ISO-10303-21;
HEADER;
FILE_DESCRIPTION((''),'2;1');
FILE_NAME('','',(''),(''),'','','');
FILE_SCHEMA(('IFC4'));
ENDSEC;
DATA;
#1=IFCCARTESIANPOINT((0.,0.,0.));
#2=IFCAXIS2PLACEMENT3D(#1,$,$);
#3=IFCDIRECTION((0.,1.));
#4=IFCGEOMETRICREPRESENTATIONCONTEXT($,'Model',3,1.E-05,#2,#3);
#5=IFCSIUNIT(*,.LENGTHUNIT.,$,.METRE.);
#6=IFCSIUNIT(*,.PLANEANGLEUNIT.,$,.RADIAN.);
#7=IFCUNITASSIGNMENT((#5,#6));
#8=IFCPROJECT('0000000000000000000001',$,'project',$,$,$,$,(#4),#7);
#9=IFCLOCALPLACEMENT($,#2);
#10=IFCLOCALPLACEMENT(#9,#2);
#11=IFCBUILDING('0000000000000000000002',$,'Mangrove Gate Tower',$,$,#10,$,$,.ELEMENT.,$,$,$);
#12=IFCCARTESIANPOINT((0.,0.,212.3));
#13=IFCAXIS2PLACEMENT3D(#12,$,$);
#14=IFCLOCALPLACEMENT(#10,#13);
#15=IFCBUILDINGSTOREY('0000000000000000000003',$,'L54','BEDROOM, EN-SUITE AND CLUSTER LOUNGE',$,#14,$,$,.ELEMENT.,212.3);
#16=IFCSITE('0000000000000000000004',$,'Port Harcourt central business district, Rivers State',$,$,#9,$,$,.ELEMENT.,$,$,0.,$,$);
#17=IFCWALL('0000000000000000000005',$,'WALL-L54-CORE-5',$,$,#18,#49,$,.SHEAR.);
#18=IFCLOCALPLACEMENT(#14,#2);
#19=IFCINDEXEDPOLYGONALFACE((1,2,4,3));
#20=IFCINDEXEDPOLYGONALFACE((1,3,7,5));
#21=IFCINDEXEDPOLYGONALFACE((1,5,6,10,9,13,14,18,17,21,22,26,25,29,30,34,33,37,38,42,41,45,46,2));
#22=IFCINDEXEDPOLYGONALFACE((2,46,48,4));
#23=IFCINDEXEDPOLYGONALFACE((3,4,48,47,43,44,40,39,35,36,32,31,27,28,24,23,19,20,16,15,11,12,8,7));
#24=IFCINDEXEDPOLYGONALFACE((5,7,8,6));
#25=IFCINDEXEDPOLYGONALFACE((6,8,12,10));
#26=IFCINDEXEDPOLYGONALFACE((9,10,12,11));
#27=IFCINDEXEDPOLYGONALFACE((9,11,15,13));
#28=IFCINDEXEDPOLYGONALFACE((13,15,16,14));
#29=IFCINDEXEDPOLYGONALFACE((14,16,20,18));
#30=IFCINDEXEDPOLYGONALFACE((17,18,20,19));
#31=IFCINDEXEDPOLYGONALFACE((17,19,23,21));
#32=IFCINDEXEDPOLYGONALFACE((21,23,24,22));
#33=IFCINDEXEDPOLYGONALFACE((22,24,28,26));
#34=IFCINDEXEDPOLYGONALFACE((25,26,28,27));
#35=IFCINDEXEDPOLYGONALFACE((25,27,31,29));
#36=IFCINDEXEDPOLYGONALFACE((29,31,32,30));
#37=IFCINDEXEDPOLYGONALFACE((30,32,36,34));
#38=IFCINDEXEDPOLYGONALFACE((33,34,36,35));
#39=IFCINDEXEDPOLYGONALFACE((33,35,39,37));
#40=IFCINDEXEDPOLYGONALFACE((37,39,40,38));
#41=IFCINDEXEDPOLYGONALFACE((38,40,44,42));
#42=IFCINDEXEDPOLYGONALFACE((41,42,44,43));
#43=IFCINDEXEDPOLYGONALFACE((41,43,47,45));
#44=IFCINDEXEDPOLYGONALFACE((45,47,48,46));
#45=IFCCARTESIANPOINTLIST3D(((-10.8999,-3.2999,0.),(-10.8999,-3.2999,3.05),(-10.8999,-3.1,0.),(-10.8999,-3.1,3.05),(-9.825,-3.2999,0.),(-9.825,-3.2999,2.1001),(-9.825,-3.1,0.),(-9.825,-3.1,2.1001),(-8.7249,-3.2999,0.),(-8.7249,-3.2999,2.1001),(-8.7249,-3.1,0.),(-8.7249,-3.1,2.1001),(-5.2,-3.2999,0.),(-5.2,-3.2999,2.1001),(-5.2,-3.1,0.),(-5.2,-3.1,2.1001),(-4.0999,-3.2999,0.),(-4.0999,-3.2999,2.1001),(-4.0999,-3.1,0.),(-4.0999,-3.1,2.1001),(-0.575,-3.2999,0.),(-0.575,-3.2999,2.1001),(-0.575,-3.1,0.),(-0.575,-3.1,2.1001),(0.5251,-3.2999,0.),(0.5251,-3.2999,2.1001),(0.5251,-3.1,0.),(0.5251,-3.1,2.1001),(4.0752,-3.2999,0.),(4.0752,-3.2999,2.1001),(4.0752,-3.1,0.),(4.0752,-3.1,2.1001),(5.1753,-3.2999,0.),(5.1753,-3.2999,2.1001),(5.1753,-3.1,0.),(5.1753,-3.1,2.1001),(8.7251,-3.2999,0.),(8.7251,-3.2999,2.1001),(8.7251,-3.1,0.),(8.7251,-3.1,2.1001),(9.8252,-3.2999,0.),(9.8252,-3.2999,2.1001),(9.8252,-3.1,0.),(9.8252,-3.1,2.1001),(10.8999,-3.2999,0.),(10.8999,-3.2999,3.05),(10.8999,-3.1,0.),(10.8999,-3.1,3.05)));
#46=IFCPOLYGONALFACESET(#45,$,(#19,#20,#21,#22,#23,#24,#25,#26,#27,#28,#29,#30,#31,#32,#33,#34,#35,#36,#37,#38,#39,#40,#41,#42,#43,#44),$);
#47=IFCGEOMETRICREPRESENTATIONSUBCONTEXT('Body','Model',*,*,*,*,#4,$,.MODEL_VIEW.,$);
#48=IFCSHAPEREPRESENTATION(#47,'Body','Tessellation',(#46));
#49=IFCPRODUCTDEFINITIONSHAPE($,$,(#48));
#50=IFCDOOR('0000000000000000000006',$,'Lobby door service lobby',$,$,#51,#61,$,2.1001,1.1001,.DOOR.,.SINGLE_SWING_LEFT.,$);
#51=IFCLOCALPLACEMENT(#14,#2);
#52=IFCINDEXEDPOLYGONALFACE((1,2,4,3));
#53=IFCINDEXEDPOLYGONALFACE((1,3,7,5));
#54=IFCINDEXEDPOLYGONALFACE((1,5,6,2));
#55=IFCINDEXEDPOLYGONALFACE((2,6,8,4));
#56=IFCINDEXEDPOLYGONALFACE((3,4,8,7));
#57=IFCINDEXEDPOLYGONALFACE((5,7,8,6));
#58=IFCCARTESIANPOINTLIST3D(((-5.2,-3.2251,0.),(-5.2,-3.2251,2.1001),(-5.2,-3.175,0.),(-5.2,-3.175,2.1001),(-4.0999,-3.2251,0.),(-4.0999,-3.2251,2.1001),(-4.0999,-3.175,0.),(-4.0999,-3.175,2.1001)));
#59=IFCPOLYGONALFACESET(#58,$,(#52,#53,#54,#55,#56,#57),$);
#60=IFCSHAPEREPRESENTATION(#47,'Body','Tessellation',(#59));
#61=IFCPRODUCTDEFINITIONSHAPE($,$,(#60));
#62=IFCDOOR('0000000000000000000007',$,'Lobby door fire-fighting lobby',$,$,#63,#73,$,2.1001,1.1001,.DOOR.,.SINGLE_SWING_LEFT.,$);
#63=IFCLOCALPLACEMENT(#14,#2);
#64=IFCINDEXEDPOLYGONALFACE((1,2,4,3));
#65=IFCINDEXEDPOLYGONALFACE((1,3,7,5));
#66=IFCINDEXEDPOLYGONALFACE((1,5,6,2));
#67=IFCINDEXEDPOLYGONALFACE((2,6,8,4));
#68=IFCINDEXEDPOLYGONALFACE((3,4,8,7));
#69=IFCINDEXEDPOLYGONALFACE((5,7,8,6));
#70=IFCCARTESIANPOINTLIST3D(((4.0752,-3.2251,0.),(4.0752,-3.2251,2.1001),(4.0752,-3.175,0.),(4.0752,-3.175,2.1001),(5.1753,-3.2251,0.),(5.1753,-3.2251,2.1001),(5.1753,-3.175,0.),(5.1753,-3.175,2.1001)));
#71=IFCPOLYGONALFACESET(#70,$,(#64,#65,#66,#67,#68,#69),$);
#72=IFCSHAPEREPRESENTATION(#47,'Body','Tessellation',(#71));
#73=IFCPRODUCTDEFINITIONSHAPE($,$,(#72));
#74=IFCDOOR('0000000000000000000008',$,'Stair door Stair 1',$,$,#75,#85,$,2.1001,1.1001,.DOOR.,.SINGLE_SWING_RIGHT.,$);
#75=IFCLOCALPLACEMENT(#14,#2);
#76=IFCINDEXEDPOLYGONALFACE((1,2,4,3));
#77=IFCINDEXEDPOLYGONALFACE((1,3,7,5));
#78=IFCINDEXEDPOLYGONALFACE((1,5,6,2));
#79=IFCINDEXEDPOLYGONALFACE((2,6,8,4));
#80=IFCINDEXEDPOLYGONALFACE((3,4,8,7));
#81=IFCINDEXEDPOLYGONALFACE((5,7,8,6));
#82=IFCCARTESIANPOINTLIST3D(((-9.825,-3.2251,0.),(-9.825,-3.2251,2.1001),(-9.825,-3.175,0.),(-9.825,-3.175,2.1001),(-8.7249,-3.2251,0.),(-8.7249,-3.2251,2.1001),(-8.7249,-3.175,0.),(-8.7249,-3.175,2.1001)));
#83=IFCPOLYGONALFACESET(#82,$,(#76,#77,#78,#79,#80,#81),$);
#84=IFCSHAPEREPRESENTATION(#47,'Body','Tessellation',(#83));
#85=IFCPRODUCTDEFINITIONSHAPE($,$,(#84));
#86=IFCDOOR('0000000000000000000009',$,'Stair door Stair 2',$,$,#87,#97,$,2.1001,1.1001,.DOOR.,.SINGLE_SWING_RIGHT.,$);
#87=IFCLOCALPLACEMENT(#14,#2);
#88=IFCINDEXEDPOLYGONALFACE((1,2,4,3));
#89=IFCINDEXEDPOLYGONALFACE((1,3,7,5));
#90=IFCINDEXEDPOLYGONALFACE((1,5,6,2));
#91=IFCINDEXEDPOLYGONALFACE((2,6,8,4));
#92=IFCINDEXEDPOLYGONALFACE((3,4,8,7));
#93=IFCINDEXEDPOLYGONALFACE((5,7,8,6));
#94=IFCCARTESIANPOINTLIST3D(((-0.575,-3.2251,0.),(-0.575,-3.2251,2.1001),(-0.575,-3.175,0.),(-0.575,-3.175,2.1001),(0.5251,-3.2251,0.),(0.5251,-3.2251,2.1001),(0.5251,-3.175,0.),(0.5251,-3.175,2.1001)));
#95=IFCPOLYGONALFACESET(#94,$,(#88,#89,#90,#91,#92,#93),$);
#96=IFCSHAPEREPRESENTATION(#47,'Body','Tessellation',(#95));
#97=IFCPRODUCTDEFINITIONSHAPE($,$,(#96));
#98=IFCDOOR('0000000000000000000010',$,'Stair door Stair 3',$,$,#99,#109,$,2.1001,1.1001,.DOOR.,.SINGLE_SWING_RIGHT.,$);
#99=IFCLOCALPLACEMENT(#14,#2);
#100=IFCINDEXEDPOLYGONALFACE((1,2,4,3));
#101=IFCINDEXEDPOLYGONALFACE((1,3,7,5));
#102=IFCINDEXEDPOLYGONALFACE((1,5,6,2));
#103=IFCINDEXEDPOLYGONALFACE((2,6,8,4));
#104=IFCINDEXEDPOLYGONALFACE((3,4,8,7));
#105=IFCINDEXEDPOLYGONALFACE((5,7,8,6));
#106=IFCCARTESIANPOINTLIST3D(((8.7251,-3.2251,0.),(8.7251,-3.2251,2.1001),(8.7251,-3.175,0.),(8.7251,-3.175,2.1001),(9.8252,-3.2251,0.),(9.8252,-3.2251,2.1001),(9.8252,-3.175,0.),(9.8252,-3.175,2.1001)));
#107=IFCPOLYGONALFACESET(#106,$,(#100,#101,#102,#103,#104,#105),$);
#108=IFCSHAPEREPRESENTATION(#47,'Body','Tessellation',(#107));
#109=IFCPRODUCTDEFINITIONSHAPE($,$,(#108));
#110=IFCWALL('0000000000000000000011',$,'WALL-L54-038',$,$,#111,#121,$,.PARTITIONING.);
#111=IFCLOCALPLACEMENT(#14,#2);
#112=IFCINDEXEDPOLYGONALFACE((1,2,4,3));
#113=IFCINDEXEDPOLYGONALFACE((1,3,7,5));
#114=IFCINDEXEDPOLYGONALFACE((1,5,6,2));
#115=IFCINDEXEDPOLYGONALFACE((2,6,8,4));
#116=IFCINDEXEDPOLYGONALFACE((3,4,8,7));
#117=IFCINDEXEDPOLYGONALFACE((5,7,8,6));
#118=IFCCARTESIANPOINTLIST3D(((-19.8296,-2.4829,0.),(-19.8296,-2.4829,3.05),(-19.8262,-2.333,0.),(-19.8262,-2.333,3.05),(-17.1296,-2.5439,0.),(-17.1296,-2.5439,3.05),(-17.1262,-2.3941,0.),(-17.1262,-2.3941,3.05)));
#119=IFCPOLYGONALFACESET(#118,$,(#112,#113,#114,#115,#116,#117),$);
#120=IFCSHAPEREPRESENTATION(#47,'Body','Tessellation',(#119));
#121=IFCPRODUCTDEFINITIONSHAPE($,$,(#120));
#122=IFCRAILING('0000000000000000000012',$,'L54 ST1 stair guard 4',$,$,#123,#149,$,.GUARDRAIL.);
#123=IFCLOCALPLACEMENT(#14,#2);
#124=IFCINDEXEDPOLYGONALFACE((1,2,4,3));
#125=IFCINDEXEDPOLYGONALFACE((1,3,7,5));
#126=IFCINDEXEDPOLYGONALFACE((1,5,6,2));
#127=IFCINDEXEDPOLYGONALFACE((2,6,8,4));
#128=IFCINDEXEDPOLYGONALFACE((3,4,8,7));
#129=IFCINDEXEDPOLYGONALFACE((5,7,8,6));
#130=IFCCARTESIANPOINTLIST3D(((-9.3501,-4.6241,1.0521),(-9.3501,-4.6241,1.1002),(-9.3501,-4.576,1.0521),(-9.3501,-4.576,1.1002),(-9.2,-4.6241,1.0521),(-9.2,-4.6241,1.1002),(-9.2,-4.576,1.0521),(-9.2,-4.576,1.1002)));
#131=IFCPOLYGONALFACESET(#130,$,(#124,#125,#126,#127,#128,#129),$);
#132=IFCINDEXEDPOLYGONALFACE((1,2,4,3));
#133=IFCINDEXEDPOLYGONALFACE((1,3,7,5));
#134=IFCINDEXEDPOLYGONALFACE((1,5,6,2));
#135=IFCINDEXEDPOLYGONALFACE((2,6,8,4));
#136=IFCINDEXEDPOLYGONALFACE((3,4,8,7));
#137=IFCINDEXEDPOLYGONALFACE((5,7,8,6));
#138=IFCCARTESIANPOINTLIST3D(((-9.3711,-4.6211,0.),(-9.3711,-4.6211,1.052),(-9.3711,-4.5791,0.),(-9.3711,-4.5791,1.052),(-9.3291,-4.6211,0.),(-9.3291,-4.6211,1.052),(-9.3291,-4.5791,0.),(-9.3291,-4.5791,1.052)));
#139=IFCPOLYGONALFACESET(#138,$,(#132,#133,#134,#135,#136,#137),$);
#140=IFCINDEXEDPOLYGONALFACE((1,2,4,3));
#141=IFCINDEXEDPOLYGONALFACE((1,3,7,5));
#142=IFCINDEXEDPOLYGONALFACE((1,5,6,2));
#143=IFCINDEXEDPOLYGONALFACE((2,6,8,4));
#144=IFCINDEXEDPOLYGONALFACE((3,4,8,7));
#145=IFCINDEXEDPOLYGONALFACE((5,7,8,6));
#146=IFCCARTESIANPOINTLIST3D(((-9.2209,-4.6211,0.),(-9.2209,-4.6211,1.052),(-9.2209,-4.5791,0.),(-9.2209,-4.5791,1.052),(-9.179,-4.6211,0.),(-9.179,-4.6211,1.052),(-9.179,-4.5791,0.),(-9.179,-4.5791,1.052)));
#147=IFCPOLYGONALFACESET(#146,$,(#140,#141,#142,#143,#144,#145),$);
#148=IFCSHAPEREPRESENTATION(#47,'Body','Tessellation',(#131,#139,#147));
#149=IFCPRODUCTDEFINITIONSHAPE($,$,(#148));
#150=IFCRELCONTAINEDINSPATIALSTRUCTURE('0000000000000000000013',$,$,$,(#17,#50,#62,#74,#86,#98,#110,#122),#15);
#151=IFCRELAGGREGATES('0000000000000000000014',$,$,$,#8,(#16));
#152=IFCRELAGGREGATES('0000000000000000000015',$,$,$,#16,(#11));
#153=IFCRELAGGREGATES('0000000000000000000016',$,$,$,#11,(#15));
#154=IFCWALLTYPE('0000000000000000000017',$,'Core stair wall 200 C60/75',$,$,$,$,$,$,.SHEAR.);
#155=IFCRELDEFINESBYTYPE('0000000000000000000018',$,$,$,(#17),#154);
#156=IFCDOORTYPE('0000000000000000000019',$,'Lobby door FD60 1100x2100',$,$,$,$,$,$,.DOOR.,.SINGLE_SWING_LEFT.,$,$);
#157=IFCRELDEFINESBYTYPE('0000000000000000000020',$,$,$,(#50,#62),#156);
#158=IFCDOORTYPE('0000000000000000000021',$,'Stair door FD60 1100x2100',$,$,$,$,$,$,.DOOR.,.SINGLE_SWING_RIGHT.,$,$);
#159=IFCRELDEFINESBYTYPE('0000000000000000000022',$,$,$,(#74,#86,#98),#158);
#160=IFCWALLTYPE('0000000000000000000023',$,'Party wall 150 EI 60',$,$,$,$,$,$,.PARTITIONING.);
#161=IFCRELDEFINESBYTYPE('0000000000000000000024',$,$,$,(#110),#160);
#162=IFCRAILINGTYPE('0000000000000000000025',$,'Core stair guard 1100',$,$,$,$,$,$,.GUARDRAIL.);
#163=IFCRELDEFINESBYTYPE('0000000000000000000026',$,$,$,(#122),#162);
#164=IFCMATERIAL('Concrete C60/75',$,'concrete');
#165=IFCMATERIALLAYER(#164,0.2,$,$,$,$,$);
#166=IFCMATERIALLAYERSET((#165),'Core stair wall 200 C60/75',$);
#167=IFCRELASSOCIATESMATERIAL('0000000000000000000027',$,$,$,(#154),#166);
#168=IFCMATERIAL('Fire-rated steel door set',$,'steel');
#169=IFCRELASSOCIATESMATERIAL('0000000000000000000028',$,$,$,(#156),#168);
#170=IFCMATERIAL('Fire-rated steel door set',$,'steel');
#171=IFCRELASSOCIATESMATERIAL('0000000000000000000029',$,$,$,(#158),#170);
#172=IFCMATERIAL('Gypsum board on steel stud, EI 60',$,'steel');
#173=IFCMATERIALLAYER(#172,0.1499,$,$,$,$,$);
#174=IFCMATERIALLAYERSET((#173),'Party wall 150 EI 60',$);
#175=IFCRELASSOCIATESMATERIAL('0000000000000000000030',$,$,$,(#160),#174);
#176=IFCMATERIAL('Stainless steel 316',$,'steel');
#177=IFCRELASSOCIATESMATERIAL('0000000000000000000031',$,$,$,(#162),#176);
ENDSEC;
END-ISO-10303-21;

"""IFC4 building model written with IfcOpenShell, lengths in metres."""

from ifc_helpers import new_model, si_unit, direction, frame, frame_2d, origin, origin_2d, place, context, subcontext, project, spatial, rectangle, extrude, material, layer, layer_set, type_object, element, fill, save


model = new_model("IFC4")

# Units and contexts
model_context = context("Model", 3, precision=1e-05, world=origin(), true_north=direction((0.0, 1.0)))
body_context = subcontext(model_context, "Body", "Model", "MODEL_VIEW")
ifc_project = project(units=[si_unit("LENGTHUNIT", "METRE"), si_unit("PLANEANGLEUNIT", "RADIAN")], contexts=[model_context])

# Site, building, storey
site_placement = place(None, origin())
site = spatial("IfcSite", under=ifc_project, at=site_placement, Name="Port Harcourt central business district, Rivers State", CompositionType="ELEMENT", RefElevation=0.0)
building_placement = place(site_placement, origin())
building = spatial("IfcBuilding", under=site, at=building_placement, Name="Mangrove Gate Tower", CompositionType="ELEMENT")
storey_placement = place(building_placement, frame((0.0, 0.0, 212.3)))
storey = spatial("IfcBuildingStorey", under=building, at=storey_placement, Name="L54", Description="BEDROOM, EN-SUITE AND CLUSTER LOUNGE", CompositionType="ELEMENT", Elevation=212.3)

# Wall, openings, doors
ifc_material_1 = material(Name="Concrete C60/75", Category="concrete")
ifc_layer_1 = layer(ifc_material_1, 0.2)
ifc_layer_set_1 = layer_set([ifc_layer_1], Name="Core stair wall 200 C60/75")
wall_type_1 = type_object("IfcWallType", Name="Core stair wall 200 C60/75", PredefinedType="SHEAR", material=ifc_layer_set_1)
wall_1_placement = place(storey_placement, frame((-10.8999, -3.2, 0.0), z_axis=(0.0, 0.0, 1.0), x_axis=(1.0, 0.0, 0.0)))
wall_1 = element("IfcWall", 1, at=wall_1_placement, inside=storey, type_object=wall_type_1, Name="WALL-L54-CORE-5", PredefinedType="SHEAR", context=body_context, shape_type="SweptSolid", body=[
    extrude(rectangle(XDim=21.7998, YDim=0.2, at=frame_2d((10.8999, 0.0))), origin(), (0.0, 0.0, 1.0), 3.05),
])
opening_1_placement = place(wall_1_placement, frame((1.075, 0.0, 0.0)))
opening_1 = element("IfcOpeningElement", 2, at=opening_1_placement, cuts=wall_1, PredefinedType="OPENING", context=body_context, shape_type="SweptSolid", body=[
    extrude(rectangle(XDim=1.1001, YDim=2.1001, at=frame_2d((0.55, 1.05))), frame((0.0, 0.1099, 0.0), z_axis=(0.0, -1.0, 0.0), x_axis=(1.0, 0.0, 0.0)), (0.0, 0.0, 1.0), 0.22),
])
opening_2_placement = place(wall_1_placement, frame((10.325, 0.0, 0.0)))
opening_2 = element("IfcOpeningElement", 3, at=opening_2_placement, cuts=wall_1, PredefinedType="OPENING", context=body_context, shape_type="SweptSolid", body=[
    extrude(rectangle(XDim=1.1001, YDim=2.1001, at=frame_2d((0.55, 1.05))), frame((0.0, 0.1099, 0.0), z_axis=(0.0, -1.0, 0.0), x_axis=(1.0, 0.0, 0.0)), (0.0, 0.0, 1.0), 0.22),
])
opening_3_placement = place(wall_1_placement, frame((19.625, 0.0, 0.0)))
opening_3 = element("IfcOpeningElement", 4, at=opening_3_placement, cuts=wall_1, PredefinedType="OPENING", context=body_context, shape_type="SweptSolid", body=[
    extrude(rectangle(XDim=1.1001, YDim=2.1001, at=frame_2d((0.55, 1.05))), frame((0.0, 0.1099, 0.0), z_axis=(0.0, -1.0, 0.0), x_axis=(1.0, 0.0, 0.0)), (0.0, 0.0, 1.0), 0.22),
])
opening_4_placement = place(wall_1_placement, frame((5.7, 0.0, 0.0)))
opening_4 = element("IfcOpeningElement", 5, at=opening_4_placement, cuts=wall_1, PredefinedType="OPENING", context=body_context, shape_type="SweptSolid", body=[
    extrude(rectangle(XDim=1.1001, YDim=2.1001, at=frame_2d((0.55, 1.05))), frame((0.0, 0.1099, 0.0), z_axis=(0.0, -1.0, 0.0), x_axis=(1.0, 0.0, 0.0)), (0.0, 0.0, 1.0), 0.22),
])
opening_5_placement = place(wall_1_placement, frame((14.9751, 0.0, 0.0)))
opening_5 = element("IfcOpeningElement", 6, at=opening_5_placement, cuts=wall_1, PredefinedType="OPENING", context=body_context, shape_type="SweptSolid", body=[
    extrude(rectangle(XDim=1.1001, YDim=2.1001, at=frame_2d((0.55, 1.05))), frame((0.0, 0.1099, 0.0), z_axis=(0.0, -1.0, 0.0), x_axis=(1.0, 0.0, 0.0)), (0.0, 0.0, 1.0), 0.22),
])
ifc_material_2 = material(Name="Fire-rated steel door set", Category="steel")
door_type_1 = type_object("IfcDoorType", Name="Lobby door FD60 1100x2100", OperationType="SINGLE_SWING_LEFT", PredefinedType="DOOR", material=ifc_material_2)
door_1_placement = place(opening_4_placement, origin())
door_1 = element("IfcDoor", 7, at=door_1_placement, inside=storey, type_object=door_type_1, Name="Lobby door service lobby", OperationType="SINGLE_SWING_LEFT", OverallHeight=2.1001, OverallWidth=1.1001, PredefinedType="DOOR", context=body_context, shape_type="SweptSolid", body=[
    extrude(rectangle(XDim=1.1001, YDim=2.1001, at=frame_2d((0.55, 1.05))), frame((0.0, 0.0249, 0.0), z_axis=(0.0, -1.0, 0.0), x_axis=(1.0, 0.0, 0.0)), (0.0, 0.0, 1.0), 0.05),
])
fill(opening_4, door_1)
door_2_placement = place(opening_5_placement, origin())
door_2 = element("IfcDoor", 8, at=door_2_placement, inside=storey, type_object=door_type_1, Name="Lobby door fire-fighting lobby", OperationType="SINGLE_SWING_LEFT", OverallHeight=2.1001, OverallWidth=1.1001, PredefinedType="DOOR", context=body_context, shape_type="SweptSolid", body=[
    extrude(rectangle(XDim=1.1001, YDim=2.1001, at=frame_2d((0.55, 1.05))), frame((0.0, 0.0249, 0.0), z_axis=(0.0, -1.0, 0.0), x_axis=(1.0, 0.0, 0.0)), (0.0, 0.0, 1.0), 0.05),
])
fill(opening_5, door_2)
ifc_material_3 = material(Name="Fire-rated steel door set", Category="steel")
door_type_2 = type_object("IfcDoorType", Name="Stair door FD60 1100x2100", OperationType="SINGLE_SWING_RIGHT", PredefinedType="DOOR", material=ifc_material_3)
door_3_placement = place(opening_1_placement, origin())
door_3 = element("IfcDoor", 9, at=door_3_placement, inside=storey, type_object=door_type_2, Name="Stair door Stair 1", OperationType="SINGLE_SWING_RIGHT", OverallHeight=2.1001, OverallWidth=1.1001, PredefinedType="DOOR", context=body_context, shape_type="SweptSolid", body=[
    extrude(rectangle(XDim=1.1001, YDim=2.1001, at=frame_2d((0.55, 1.05))), frame((0.0, 0.0249, 0.0), z_axis=(0.0, -1.0, 0.0), x_axis=(1.0, 0.0, 0.0)), (0.0, 0.0, 1.0), 0.05),
])
fill(opening_1, door_3)
door_4_placement = place(opening_2_placement, origin())
door_4 = element("IfcDoor", 10, at=door_4_placement, inside=storey, type_object=door_type_2, Name="Stair door Stair 2", OperationType="SINGLE_SWING_RIGHT", OverallHeight=2.1001, OverallWidth=1.1001, PredefinedType="DOOR", context=body_context, shape_type="SweptSolid", body=[
    extrude(rectangle(XDim=1.1001, YDim=2.1001, at=frame_2d((0.55, 1.05))), frame((0.0, 0.0249, 0.0), z_axis=(0.0, -1.0, 0.0), x_axis=(1.0, 0.0, 0.0)), (0.0, 0.0, 1.0), 0.05),
])
fill(opening_2, door_4)
door_5_placement = place(opening_3_placement, origin())
door_5 = element("IfcDoor", 11, at=door_5_placement, inside=storey, type_object=door_type_2, Name="Stair door Stair 3", OperationType="SINGLE_SWING_RIGHT", OverallHeight=2.1001, OverallWidth=1.1001, PredefinedType="DOOR", context=body_context, shape_type="SweptSolid", body=[
    extrude(rectangle(XDim=1.1001, YDim=2.1001, at=frame_2d((0.55, 1.05))), frame((0.0, 0.0249, 0.0), z_axis=(0.0, -1.0, 0.0), x_axis=(1.0, 0.0, 0.0)), (0.0, 0.0, 1.0), 0.05),
])
fill(opening_3, door_5)

# Wall
ifc_material_4 = material(Name="Gypsum board on steel stud, EI 60", Category="steel")
ifc_layer_2 = layer(ifc_material_4, 0.1499)
ifc_layer_set_2 = layer_set([ifc_layer_2], Name="Party wall 150 EI 60")
wall_type_2 = type_object("IfcWallType", Name="Party wall 150 EI 60", PredefinedType="PARTITIONING", material=ifc_layer_set_2)
wall_2_placement = place(storey_placement, frame((-19.8279, -2.408, 0.0), z_axis=(0.0, 0.0, 1.0), x_axis=(0.999745, -0.0226, 0.0)))
element("IfcWall", 12, at=wall_2_placement, inside=storey, type_object=wall_type_2, Name="WALL-L54-038", PredefinedType="PARTITIONING", context=body_context, shape_type="SweptSolid", body=[
    extrude(rectangle(XDim=2.7007, YDim=0.1499, at=frame_2d((1.3503, 0.0))), origin(), (0.0, 0.0, 1.0), 3.05),
])

# Railing
ifc_material_5 = material(Name="Stainless steel 316", Category="steel")
railing_type = type_object("IfcRailingType", Name="Core stair guard 1100", PredefinedType="GUARDRAIL", material=ifc_material_5)
railing_placement = place(storey_placement, frame((-9.3501, -4.6001, 0.0)))
element("IfcRailing", 13, at=railing_placement, inside=storey, type_object=railing_type, Name="L54 ST1 stair guard 4", PredefinedType="GUARDRAIL", context=body_context, shape_type="SweptSolid", body=[
    extrude(rectangle(XDim=0.0481, YDim=0.0481, at=origin_2d()), frame((0.0, 0.0, 1.0762), z_axis=(1.0, 0.0, 0.0), x_axis=(0.0, 1.0, 0.0)), (0.0, 0.0, 1.0), 0.1501),
    extrude(rectangle(XDim=0.042, YDim=0.042, at=origin_2d()), origin(), (0.0, 0.0, 1.0), 1.052),
    extrude(rectangle(XDim=0.042, YDim=0.042, at=origin_2d()), frame((0.1501, 0.0, 0.0)), (0.0, 0.0, 1.0), 1.052),
])

save(model, "model.ifc")
